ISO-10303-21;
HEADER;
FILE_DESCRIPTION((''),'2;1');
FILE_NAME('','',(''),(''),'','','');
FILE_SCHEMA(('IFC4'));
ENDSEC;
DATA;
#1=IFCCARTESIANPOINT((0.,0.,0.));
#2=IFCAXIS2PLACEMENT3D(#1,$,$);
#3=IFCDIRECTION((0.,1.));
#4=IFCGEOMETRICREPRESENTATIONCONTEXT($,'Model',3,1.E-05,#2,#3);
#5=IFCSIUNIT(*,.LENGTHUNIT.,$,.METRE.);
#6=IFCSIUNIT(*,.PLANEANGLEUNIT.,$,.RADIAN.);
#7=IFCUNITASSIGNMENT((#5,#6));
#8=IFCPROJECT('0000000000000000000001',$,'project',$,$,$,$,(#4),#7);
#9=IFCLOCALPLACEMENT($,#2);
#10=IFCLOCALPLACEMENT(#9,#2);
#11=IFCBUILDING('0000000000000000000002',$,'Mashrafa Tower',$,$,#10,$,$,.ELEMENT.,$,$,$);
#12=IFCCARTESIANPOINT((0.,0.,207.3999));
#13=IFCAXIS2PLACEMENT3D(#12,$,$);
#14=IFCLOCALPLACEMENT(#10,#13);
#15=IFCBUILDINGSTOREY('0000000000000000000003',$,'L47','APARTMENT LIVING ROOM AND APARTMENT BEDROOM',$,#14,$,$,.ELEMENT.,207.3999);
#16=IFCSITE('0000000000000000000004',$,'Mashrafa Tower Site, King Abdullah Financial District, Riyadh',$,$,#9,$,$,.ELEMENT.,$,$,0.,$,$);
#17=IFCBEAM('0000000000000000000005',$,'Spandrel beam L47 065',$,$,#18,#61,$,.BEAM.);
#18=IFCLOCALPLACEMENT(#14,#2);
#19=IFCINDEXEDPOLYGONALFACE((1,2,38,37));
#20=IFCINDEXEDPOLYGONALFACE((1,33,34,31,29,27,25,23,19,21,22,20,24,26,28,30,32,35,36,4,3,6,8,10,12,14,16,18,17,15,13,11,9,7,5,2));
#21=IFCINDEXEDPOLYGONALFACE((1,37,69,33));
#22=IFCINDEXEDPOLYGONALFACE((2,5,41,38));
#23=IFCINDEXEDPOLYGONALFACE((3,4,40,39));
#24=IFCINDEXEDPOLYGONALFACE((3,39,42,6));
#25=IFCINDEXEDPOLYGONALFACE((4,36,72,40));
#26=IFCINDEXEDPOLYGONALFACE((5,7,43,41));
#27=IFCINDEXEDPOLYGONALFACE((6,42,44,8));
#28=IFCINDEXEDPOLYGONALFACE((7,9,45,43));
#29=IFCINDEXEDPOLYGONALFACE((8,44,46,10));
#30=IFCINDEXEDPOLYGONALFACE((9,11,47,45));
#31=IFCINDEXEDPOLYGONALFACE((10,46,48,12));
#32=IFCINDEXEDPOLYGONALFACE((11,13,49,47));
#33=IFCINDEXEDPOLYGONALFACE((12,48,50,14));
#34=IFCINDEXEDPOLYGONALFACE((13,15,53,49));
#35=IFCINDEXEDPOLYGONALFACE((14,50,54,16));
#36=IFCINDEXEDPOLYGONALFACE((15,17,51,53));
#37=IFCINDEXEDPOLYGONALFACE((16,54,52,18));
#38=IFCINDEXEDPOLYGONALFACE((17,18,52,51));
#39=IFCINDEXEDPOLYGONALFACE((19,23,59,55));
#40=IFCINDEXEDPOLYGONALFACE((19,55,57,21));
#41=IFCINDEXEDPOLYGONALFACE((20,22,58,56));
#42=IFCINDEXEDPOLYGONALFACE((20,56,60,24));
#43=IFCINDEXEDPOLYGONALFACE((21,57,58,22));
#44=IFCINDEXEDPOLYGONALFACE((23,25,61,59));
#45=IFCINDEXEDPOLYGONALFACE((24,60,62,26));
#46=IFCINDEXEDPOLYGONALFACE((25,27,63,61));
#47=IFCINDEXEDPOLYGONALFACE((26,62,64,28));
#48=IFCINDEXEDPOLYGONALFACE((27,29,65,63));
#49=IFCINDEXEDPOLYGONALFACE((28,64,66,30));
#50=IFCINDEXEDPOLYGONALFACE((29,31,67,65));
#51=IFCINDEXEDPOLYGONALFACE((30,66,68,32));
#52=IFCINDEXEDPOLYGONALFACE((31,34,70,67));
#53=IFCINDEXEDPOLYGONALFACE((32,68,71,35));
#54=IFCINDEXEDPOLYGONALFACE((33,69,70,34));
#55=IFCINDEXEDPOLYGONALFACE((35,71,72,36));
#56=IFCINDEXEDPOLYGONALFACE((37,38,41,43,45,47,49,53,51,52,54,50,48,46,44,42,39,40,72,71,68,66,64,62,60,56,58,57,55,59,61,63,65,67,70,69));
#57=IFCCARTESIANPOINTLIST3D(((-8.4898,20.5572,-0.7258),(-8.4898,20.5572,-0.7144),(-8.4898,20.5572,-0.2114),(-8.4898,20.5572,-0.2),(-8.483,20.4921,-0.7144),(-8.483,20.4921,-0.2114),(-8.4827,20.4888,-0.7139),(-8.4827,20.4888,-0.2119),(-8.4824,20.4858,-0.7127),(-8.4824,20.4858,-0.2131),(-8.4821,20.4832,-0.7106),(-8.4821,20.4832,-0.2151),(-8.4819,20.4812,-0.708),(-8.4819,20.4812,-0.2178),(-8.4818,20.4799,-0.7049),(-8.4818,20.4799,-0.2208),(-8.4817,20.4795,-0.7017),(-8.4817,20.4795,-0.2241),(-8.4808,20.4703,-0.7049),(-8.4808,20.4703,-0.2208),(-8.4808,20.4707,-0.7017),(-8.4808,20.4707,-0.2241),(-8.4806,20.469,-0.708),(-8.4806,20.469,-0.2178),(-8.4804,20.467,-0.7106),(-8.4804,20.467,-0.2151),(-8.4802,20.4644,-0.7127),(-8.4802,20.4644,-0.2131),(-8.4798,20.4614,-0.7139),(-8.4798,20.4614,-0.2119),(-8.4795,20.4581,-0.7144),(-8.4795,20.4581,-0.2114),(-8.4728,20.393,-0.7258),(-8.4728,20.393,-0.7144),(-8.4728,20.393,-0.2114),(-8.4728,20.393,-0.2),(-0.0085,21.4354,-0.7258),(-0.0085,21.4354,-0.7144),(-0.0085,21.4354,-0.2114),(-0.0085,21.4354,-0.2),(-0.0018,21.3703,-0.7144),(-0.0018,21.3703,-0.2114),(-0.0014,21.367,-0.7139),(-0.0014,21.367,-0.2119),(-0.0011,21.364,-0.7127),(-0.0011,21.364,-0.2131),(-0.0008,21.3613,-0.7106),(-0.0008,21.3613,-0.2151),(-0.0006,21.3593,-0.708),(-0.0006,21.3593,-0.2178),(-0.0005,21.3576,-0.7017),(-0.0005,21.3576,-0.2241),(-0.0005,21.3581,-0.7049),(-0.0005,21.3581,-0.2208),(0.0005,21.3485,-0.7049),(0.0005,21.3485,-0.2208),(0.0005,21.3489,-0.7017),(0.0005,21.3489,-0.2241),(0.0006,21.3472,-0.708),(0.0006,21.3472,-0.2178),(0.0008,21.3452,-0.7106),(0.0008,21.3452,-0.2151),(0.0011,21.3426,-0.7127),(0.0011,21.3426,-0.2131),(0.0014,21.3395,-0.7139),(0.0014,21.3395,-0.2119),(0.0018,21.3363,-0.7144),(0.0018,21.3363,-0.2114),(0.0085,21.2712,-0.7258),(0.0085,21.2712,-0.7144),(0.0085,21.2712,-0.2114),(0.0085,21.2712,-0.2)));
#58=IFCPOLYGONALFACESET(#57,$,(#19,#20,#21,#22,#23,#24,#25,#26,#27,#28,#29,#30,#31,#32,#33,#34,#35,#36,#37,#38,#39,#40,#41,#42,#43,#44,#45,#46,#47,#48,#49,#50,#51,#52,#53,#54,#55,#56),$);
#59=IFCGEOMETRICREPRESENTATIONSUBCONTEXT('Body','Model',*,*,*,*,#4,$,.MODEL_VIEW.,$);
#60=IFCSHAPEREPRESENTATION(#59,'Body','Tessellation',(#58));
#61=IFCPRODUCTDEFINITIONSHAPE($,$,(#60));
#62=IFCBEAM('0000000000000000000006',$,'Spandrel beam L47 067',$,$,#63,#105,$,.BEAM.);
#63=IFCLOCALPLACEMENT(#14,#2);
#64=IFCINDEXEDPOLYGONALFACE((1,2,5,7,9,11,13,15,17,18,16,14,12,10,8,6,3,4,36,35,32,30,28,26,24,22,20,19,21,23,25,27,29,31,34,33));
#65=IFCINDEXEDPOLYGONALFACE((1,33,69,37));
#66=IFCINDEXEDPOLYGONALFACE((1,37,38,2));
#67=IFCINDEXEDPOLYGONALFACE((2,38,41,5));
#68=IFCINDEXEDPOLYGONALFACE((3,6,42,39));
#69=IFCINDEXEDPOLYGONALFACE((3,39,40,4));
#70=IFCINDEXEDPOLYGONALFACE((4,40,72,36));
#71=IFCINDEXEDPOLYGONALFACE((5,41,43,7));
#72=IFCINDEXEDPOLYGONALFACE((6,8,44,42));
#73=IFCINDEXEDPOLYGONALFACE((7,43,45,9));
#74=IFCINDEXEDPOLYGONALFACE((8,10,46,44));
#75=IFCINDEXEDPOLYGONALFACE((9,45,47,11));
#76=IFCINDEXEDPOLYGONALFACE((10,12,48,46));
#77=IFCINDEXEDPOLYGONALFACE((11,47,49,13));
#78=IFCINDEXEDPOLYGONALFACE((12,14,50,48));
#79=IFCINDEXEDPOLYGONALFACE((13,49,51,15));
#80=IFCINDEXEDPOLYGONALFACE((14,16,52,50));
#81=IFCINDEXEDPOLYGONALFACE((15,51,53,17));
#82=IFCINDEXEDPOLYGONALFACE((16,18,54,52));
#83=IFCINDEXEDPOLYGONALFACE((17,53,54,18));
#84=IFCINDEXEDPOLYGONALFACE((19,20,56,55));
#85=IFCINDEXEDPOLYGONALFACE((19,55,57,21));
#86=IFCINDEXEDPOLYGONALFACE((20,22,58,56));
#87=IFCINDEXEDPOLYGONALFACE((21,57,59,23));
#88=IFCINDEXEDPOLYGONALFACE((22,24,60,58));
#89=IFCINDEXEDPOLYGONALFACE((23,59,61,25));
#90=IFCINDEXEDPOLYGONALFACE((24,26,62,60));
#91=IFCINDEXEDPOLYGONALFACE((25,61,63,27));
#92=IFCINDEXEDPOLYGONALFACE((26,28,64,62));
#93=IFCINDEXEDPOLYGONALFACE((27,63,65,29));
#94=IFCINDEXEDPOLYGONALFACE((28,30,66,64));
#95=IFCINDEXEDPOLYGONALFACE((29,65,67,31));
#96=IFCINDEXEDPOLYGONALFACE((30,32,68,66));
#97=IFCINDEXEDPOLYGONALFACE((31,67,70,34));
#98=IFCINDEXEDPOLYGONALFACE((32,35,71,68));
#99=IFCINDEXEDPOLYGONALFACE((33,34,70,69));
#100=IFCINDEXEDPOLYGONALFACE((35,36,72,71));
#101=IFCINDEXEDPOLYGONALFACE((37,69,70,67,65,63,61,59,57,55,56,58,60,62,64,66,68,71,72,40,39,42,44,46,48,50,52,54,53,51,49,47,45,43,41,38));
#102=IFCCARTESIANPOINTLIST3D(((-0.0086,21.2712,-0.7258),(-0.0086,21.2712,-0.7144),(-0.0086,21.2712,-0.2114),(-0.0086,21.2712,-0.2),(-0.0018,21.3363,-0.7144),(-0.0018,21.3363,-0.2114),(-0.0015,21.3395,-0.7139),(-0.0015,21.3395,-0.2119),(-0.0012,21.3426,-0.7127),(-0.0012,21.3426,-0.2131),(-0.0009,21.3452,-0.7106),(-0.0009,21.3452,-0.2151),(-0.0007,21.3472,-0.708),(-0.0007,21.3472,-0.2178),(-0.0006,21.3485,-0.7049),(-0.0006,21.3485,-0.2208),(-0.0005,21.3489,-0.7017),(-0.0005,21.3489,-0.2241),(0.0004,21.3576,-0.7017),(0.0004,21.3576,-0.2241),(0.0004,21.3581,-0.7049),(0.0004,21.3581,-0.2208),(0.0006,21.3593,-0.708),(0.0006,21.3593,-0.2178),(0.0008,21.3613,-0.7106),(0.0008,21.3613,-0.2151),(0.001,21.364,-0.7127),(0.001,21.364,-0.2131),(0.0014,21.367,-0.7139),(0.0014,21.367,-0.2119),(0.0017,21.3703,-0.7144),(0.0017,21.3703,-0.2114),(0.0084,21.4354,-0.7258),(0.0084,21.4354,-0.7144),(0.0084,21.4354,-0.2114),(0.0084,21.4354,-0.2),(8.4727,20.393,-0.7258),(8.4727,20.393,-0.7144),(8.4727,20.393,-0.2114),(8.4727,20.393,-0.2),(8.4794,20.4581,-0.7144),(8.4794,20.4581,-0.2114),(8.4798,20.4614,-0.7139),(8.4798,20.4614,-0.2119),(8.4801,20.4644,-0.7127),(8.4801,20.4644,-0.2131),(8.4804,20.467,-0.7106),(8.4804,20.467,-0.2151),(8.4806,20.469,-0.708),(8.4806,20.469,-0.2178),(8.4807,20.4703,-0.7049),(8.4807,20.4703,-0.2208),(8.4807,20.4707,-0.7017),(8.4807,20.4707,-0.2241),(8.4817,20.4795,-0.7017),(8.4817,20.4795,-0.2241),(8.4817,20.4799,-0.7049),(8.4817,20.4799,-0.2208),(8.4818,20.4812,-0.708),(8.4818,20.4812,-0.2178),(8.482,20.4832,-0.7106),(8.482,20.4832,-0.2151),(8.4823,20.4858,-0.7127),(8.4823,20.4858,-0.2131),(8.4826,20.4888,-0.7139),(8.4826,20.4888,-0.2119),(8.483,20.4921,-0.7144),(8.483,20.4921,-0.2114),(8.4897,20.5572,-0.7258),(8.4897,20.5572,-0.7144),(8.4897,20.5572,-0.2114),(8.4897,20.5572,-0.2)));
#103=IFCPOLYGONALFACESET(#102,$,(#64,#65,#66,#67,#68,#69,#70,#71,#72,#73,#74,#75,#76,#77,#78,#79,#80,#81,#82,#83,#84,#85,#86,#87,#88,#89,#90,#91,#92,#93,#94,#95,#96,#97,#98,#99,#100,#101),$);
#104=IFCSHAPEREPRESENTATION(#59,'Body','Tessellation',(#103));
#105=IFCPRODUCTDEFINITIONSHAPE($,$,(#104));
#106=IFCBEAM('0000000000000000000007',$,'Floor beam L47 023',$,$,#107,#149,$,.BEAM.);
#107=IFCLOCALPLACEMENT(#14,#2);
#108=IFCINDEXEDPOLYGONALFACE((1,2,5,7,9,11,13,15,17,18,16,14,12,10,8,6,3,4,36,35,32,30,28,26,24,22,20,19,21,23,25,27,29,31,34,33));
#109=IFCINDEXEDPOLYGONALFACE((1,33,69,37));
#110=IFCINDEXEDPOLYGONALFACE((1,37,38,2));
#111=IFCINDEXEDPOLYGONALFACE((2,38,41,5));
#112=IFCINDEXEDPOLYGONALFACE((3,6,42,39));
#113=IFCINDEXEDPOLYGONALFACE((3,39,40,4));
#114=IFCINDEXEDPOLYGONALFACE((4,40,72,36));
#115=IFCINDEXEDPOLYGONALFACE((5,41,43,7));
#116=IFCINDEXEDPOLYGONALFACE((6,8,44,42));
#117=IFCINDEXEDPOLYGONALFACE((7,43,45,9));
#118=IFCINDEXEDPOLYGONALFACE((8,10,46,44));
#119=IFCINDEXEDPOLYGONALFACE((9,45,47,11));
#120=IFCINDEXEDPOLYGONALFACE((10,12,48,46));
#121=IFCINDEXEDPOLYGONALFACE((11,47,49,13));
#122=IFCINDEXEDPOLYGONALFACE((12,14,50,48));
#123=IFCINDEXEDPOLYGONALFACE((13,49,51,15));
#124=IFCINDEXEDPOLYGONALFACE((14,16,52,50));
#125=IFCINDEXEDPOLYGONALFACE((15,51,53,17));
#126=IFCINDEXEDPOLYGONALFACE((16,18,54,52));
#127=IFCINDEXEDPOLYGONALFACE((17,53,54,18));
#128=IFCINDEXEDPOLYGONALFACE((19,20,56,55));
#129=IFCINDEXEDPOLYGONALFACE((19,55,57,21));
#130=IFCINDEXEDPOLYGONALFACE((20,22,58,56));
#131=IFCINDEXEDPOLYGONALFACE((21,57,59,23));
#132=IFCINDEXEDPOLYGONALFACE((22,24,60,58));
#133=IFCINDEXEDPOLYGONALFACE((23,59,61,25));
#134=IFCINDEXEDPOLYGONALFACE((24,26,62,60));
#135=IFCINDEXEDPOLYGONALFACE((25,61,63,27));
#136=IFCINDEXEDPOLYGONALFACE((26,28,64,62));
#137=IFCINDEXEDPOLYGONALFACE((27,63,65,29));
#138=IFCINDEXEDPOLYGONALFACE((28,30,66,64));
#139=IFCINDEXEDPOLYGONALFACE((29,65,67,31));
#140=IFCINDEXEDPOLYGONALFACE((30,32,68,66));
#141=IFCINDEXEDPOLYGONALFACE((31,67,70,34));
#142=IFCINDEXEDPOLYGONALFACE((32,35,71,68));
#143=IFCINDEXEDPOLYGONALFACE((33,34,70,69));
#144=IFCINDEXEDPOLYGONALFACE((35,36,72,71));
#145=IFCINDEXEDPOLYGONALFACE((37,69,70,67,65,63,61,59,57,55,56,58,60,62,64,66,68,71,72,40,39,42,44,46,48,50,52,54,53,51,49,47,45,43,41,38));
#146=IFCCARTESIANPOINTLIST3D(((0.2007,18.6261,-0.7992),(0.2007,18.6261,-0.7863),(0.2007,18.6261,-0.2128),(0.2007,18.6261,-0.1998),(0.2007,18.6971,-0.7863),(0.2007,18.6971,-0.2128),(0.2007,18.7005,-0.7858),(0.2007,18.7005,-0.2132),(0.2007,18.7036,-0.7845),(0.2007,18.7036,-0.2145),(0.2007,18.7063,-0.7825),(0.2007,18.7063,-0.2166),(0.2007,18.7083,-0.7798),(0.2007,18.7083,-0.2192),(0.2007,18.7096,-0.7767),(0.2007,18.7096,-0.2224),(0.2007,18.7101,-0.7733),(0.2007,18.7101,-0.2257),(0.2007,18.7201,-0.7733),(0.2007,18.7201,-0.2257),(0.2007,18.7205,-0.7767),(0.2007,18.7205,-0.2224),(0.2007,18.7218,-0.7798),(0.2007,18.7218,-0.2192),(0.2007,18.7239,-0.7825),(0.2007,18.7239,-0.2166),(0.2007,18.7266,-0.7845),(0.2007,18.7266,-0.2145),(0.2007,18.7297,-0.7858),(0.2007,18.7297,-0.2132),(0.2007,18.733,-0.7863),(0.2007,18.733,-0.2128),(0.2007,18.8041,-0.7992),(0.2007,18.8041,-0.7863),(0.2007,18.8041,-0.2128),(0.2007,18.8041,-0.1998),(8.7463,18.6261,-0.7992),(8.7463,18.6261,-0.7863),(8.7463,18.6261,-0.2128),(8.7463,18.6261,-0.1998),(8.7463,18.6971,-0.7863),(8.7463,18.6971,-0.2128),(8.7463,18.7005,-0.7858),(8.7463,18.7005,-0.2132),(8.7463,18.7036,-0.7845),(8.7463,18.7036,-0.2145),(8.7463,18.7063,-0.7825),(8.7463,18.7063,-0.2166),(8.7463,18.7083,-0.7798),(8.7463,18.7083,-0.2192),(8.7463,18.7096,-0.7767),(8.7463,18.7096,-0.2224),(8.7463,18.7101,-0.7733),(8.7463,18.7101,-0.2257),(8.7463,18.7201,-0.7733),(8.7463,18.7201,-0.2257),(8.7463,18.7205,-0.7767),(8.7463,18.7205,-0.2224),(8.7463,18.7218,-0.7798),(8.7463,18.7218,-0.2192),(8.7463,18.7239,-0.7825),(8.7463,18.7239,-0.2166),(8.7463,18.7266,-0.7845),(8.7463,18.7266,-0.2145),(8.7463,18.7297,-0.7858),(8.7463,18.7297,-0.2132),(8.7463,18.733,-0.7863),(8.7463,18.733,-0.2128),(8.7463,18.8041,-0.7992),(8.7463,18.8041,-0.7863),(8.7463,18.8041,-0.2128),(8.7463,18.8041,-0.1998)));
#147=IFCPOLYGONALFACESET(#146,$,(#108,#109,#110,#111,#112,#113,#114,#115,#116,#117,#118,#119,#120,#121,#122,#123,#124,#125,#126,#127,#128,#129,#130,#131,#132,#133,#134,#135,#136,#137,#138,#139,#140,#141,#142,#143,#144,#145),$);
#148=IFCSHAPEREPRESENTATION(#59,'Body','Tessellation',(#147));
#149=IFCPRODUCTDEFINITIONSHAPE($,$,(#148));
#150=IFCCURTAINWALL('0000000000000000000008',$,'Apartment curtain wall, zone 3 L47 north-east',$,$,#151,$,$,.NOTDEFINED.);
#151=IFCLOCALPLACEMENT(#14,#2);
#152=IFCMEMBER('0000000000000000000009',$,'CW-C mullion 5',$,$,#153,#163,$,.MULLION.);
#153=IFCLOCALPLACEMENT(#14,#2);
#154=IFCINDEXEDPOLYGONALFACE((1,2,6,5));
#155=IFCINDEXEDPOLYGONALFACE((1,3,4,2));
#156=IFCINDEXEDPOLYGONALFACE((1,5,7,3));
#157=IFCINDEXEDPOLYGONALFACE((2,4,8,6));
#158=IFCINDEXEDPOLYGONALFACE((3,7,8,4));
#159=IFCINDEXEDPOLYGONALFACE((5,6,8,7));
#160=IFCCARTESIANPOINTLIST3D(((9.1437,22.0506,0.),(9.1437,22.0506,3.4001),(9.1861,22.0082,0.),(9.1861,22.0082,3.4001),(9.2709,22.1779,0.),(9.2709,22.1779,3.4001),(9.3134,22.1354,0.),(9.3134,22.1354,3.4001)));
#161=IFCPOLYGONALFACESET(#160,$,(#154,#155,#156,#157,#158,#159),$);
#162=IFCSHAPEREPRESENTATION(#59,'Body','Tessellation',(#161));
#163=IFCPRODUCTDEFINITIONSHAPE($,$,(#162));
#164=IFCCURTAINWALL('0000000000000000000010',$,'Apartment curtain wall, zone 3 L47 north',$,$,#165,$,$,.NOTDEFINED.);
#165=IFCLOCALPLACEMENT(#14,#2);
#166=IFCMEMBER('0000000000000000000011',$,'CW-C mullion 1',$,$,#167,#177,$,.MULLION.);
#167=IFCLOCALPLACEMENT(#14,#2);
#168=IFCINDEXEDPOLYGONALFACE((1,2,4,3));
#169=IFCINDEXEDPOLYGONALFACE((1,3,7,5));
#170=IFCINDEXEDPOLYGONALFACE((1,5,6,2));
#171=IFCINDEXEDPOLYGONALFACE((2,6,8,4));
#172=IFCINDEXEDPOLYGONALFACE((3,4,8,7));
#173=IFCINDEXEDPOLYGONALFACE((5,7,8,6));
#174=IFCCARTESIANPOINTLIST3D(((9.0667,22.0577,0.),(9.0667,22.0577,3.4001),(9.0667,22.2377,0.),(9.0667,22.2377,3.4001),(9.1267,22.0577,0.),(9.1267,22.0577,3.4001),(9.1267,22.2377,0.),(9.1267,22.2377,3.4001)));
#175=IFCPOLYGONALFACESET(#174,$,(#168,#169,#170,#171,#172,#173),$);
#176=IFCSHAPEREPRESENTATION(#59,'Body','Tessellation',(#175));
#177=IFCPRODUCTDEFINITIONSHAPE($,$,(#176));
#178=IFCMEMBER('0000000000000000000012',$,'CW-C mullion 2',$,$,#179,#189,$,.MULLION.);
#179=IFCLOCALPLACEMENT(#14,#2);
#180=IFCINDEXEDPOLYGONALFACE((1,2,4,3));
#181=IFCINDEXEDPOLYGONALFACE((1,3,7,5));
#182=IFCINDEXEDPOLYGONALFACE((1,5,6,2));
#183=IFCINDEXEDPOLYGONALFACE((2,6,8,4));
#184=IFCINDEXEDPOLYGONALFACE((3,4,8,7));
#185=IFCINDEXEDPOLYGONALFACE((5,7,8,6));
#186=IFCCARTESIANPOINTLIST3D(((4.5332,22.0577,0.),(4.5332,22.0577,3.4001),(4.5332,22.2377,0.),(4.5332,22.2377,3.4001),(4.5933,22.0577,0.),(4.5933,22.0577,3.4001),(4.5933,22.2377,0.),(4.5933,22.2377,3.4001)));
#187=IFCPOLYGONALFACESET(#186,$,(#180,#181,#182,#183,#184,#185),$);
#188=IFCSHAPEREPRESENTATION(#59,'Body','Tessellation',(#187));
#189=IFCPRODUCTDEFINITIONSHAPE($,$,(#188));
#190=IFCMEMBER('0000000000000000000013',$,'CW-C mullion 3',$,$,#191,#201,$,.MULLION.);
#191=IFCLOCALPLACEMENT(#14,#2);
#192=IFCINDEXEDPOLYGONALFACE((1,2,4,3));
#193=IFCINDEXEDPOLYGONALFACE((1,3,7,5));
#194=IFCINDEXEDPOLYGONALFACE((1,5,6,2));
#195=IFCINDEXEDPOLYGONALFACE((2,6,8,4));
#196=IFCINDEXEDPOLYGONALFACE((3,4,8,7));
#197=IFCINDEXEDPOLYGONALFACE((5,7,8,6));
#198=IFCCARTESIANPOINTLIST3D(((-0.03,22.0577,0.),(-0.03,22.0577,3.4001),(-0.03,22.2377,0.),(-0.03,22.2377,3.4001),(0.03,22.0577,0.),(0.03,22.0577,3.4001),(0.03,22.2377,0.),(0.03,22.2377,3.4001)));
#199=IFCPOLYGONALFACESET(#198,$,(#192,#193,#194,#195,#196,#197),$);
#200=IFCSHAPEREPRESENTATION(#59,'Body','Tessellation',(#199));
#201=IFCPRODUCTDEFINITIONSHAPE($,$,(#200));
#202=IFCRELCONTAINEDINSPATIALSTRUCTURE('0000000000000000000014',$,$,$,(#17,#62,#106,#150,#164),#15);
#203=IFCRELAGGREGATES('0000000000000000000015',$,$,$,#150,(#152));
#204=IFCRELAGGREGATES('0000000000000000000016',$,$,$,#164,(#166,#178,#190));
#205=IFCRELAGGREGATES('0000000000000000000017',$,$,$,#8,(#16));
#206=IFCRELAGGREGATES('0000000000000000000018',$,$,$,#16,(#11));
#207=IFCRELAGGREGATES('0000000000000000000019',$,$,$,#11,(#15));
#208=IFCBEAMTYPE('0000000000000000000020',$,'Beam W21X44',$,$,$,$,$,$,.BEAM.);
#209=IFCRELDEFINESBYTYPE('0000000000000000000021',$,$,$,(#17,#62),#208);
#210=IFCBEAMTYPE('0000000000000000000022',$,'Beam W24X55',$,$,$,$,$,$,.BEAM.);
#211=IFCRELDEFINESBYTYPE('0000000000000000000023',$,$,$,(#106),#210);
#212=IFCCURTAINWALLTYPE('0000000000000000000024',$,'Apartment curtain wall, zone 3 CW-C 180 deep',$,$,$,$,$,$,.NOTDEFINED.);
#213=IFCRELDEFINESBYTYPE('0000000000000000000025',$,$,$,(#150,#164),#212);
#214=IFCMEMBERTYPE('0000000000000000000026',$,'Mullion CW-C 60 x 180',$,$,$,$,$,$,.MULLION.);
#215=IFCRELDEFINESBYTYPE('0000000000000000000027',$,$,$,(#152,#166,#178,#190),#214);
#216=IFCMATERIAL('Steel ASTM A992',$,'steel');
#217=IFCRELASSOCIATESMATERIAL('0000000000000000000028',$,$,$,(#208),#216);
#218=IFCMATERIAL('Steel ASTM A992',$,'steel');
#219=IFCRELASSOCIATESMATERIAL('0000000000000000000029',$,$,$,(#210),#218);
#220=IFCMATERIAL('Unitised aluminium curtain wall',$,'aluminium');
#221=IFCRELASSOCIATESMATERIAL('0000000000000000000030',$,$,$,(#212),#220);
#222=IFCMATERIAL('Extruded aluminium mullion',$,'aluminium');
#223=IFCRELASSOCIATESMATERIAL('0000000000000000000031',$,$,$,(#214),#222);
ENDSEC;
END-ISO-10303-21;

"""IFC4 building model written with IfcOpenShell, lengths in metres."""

from ifc_helpers import new_model, si_unit, direction, frame, origin, origin_2d, place, context, subcontext, project, spatial, rectangle, i_section, extrude, source, transform, mapped, material, material_profile, profile_set, type_object, type_shapes, element, aggregate, save


model = new_model("IFC4")

# Units and contexts
model_context = context("Model", 3, precision=1e-05, world=origin(), true_north=direction((0.0, 1.0)))
body_context = subcontext(model_context, "Body", "Model", "MODEL_VIEW")
ifc_project = project(units=[si_unit("LENGTHUNIT", "METRE"), si_unit("PLANEANGLEUNIT", "RADIAN")], contexts=[model_context])

# Site, building, storey
site_placement = place(None, origin())
site = spatial("IfcSite", under=ifc_project, at=site_placement, Name="Mashrafa Tower Site, King Abdullah Financial District, Riyadh", CompositionType="ELEMENT", RefElevation=0.0)
building_placement = place(site_placement, origin())
building = spatial("IfcBuilding", under=site, at=building_placement, Name="Mashrafa Tower", CompositionType="ELEMENT")
storey_placement = place(building_placement, frame((0.0, 0.0, 207.3999)))
storey = spatial("IfcBuildingStorey", under=building, at=storey_placement, Name="L47", Description="APARTMENT LIVING ROOM AND APARTMENT BEDROOM", CompositionType="ELEMENT", Elevation=207.3999)

# Beams
ifc_material_1 = material(Name="Steel ASTM A992", Category="steel")
ifc_material_profile_1 = material_profile(ifc_material_1, i_section(OverallWidth=0.165, OverallDepth=0.5259, WebThickness=0.0088, FlangeThickness=0.0115, FilletRadius=0.0127, at=origin_2d()), Name="W21X44")
ifc_profile_set_1 = profile_set([ifc_material_profile_1], Name="Steel ASTM A992")
beam_type_1 = type_object("IfcBeamType", Name="Beam W21X44", PredefinedType="BEAM", material=ifc_profile_set_1)
for number, where, z_axis, x_axis, name in (
    (1, (0.0, 21.3533, -0.4629), (-0.994682, -0.102993, 0.0), (0.102993, -0.994682, 0.0), "Spandrel beam L47 065"),
    (2, (8.4812, 20.4751, -0.4629), (-0.994682, 0.102993, 0.0), (-0.102993, -0.994682, 0.0), "Spandrel beam L47 067"),
):
    element("IfcBeam", number, at=place(storey_placement, frame(where, z_axis=z_axis, x_axis=x_axis)), inside=storey, type_object=beam_type_1, Name=name, PredefinedType="BEAM", context=body_context, shape_type="SweptSolid", body=[
        extrude(i_section(OverallWidth=0.165, OverallDepth=0.5259, WebThickness=0.0088, FlangeThickness=0.0115, FilletRadius=0.0127, at=origin_2d()), origin(), (0.0, 0.0, 1.0), 8.5266),
    ])
ifc_material_2 = material(Name="Steel ASTM A992", Category="steel")
ifc_material_profile_2 = material_profile(ifc_material_2, i_section(OverallWidth=0.178, OverallDepth=0.5994, WebThickness=0.01, FlangeThickness=0.0129, FilletRadius=0.0129, at=origin_2d()), Name="W24X55")
ifc_profile_set_2 = profile_set([ifc_material_profile_2], Name="Steel ASTM A992")
beam_type_2 = type_object("IfcBeamType", Name="Beam W24X55", PredefinedType="BEAM", material=ifc_profile_set_2)
beam_1_placement = place(storey_placement, frame((0.2007, 18.7151, -0.4995), z_axis=(1.0, 0.0, 0.0), x_axis=(0.0, 1.0, 0.0)))
element("IfcBeam", 3, at=beam_1_placement, inside=storey, type_object=beam_type_2, Name="Floor beam L47 023", PredefinedType="BEAM", context=body_context, shape_type="SweptSolid", body=[
    extrude(i_section(OverallWidth=0.178, OverallDepth=0.5994, WebThickness=0.01, FlangeThickness=0.0129, FilletRadius=0.0129, at=origin_2d()), origin(), (0.0, 0.0, 1.0), 8.5457),
])

# Curtain wall, member
ifc_material_3 = material(Name="Unitised aluminium curtain wall", Category="aluminium")
curtain_wall_type = type_object("IfcCurtainWallType", Name="Apartment curtain wall, zone 3 CW-C 180 deep", PredefinedType="NOTDEFINED", material=ifc_material_3)
curtain_wall_1_placement = place(storey_placement, origin())
curtain_wall_1 = element("IfcCurtainWall", 4, at=curtain_wall_1_placement, inside=storey, type_object=curtain_wall_type, Name="Apartment curtain wall, zone 3 L47 north-east", PredefinedType="NOTDEFINED")
ifc_material_4 = material(Name="Extruded aluminium mullion", Category="aluminium")
ifc_material_profile_3 = material_profile(ifc_material_4, rectangle(XDim=0.1799, YDim=0.0601, at=origin_2d()), Name="Mullion 60x180")
ifc_profile_set_3 = profile_set([ifc_material_profile_3], Name="Extruded aluminium mullion")
member_type_1 = type_object("IfcMemberType", Name="Mullion CW-C 60 x 180", PredefinedType="MULLION", material=ifc_profile_set_3)
shared_shape_1 = source(origin(), body_context, "Body", "SweptSolid", [
    extrude(rectangle(XDim=0.1799, YDim=0.0601, at=origin_2d()), origin(), (0.0, 0.0, 1.0), 3.4001),
])
type_shapes(member_type_1, [shared_shape_1])
member_1_placement = place(storey_placement, frame((9.2285, 22.093, 0.0), z_axis=(0.0, 0.0, 1.0), x_axis=(-0.707107, -0.707107, 0.0)))
member_1 = element("IfcMember", 5, at=member_1_placement, type_object=member_type_1, Name="CW-C mullion 5", PredefinedType="MULLION", context=body_context, shape_type="MappedRepresentation", body=[
    mapped(shared_shape_1, transform((0.0, 0.0, 0.0))),
])

# Curtain wall, members
curtain_wall_2_placement = place(storey_placement, origin())
curtain_wall_2 = element("IfcCurtainWall", 6, at=curtain_wall_2_placement, inside=storey, type_object=curtain_wall_type, Name="Apartment curtain wall, zone 3 L47 north", PredefinedType="NOTDEFINED")
member_2_placement = place(storey_placement, frame((9.0967, 22.1477, 0.0), z_axis=(0.0, 0.0, 1.0), x_axis=(0.0, -1.0, 0.0)))
member_2 = element("IfcMember", 7, at=member_2_placement, type_object=member_type_1, Name="CW-C mullion 1", PredefinedType="MULLION", context=body_context, shape_type="MappedRepresentation", body=[
    mapped(shared_shape_1, transform((0.0, 0.0, 0.0))),
])
member_3_placement = place(storey_placement, frame((4.5632, 22.1477, 0.0), z_axis=(0.0, 0.0, 1.0), x_axis=(0.0, -1.0, 0.0)))
member_3 = element("IfcMember", 8, at=member_3_placement, type_object=member_type_1, Name="CW-C mullion 2", PredefinedType="MULLION", context=body_context, shape_type="MappedRepresentation", body=[
    mapped(shared_shape_1, transform((0.0, 0.0, 0.0))),
])
member_4_placement = place(storey_placement, frame((0.0, 22.1477, 0.0), z_axis=(0.0, 0.0, 1.0), x_axis=(0.0, -1.0, 0.0)))
member_4 = element("IfcMember", 9, at=member_4_placement, type_object=member_type_1, Name="CW-C mullion 3", PredefinedType="MULLION", context=body_context, shape_type="MappedRepresentation", body=[
    mapped(shared_shape_1, transform((0.0, 0.0, 0.0))),
])

aggregate(curtain_wall_1, [member_1])
aggregate(curtain_wall_2, [member_2, member_3, member_4])

save(model, "model.ifc")
